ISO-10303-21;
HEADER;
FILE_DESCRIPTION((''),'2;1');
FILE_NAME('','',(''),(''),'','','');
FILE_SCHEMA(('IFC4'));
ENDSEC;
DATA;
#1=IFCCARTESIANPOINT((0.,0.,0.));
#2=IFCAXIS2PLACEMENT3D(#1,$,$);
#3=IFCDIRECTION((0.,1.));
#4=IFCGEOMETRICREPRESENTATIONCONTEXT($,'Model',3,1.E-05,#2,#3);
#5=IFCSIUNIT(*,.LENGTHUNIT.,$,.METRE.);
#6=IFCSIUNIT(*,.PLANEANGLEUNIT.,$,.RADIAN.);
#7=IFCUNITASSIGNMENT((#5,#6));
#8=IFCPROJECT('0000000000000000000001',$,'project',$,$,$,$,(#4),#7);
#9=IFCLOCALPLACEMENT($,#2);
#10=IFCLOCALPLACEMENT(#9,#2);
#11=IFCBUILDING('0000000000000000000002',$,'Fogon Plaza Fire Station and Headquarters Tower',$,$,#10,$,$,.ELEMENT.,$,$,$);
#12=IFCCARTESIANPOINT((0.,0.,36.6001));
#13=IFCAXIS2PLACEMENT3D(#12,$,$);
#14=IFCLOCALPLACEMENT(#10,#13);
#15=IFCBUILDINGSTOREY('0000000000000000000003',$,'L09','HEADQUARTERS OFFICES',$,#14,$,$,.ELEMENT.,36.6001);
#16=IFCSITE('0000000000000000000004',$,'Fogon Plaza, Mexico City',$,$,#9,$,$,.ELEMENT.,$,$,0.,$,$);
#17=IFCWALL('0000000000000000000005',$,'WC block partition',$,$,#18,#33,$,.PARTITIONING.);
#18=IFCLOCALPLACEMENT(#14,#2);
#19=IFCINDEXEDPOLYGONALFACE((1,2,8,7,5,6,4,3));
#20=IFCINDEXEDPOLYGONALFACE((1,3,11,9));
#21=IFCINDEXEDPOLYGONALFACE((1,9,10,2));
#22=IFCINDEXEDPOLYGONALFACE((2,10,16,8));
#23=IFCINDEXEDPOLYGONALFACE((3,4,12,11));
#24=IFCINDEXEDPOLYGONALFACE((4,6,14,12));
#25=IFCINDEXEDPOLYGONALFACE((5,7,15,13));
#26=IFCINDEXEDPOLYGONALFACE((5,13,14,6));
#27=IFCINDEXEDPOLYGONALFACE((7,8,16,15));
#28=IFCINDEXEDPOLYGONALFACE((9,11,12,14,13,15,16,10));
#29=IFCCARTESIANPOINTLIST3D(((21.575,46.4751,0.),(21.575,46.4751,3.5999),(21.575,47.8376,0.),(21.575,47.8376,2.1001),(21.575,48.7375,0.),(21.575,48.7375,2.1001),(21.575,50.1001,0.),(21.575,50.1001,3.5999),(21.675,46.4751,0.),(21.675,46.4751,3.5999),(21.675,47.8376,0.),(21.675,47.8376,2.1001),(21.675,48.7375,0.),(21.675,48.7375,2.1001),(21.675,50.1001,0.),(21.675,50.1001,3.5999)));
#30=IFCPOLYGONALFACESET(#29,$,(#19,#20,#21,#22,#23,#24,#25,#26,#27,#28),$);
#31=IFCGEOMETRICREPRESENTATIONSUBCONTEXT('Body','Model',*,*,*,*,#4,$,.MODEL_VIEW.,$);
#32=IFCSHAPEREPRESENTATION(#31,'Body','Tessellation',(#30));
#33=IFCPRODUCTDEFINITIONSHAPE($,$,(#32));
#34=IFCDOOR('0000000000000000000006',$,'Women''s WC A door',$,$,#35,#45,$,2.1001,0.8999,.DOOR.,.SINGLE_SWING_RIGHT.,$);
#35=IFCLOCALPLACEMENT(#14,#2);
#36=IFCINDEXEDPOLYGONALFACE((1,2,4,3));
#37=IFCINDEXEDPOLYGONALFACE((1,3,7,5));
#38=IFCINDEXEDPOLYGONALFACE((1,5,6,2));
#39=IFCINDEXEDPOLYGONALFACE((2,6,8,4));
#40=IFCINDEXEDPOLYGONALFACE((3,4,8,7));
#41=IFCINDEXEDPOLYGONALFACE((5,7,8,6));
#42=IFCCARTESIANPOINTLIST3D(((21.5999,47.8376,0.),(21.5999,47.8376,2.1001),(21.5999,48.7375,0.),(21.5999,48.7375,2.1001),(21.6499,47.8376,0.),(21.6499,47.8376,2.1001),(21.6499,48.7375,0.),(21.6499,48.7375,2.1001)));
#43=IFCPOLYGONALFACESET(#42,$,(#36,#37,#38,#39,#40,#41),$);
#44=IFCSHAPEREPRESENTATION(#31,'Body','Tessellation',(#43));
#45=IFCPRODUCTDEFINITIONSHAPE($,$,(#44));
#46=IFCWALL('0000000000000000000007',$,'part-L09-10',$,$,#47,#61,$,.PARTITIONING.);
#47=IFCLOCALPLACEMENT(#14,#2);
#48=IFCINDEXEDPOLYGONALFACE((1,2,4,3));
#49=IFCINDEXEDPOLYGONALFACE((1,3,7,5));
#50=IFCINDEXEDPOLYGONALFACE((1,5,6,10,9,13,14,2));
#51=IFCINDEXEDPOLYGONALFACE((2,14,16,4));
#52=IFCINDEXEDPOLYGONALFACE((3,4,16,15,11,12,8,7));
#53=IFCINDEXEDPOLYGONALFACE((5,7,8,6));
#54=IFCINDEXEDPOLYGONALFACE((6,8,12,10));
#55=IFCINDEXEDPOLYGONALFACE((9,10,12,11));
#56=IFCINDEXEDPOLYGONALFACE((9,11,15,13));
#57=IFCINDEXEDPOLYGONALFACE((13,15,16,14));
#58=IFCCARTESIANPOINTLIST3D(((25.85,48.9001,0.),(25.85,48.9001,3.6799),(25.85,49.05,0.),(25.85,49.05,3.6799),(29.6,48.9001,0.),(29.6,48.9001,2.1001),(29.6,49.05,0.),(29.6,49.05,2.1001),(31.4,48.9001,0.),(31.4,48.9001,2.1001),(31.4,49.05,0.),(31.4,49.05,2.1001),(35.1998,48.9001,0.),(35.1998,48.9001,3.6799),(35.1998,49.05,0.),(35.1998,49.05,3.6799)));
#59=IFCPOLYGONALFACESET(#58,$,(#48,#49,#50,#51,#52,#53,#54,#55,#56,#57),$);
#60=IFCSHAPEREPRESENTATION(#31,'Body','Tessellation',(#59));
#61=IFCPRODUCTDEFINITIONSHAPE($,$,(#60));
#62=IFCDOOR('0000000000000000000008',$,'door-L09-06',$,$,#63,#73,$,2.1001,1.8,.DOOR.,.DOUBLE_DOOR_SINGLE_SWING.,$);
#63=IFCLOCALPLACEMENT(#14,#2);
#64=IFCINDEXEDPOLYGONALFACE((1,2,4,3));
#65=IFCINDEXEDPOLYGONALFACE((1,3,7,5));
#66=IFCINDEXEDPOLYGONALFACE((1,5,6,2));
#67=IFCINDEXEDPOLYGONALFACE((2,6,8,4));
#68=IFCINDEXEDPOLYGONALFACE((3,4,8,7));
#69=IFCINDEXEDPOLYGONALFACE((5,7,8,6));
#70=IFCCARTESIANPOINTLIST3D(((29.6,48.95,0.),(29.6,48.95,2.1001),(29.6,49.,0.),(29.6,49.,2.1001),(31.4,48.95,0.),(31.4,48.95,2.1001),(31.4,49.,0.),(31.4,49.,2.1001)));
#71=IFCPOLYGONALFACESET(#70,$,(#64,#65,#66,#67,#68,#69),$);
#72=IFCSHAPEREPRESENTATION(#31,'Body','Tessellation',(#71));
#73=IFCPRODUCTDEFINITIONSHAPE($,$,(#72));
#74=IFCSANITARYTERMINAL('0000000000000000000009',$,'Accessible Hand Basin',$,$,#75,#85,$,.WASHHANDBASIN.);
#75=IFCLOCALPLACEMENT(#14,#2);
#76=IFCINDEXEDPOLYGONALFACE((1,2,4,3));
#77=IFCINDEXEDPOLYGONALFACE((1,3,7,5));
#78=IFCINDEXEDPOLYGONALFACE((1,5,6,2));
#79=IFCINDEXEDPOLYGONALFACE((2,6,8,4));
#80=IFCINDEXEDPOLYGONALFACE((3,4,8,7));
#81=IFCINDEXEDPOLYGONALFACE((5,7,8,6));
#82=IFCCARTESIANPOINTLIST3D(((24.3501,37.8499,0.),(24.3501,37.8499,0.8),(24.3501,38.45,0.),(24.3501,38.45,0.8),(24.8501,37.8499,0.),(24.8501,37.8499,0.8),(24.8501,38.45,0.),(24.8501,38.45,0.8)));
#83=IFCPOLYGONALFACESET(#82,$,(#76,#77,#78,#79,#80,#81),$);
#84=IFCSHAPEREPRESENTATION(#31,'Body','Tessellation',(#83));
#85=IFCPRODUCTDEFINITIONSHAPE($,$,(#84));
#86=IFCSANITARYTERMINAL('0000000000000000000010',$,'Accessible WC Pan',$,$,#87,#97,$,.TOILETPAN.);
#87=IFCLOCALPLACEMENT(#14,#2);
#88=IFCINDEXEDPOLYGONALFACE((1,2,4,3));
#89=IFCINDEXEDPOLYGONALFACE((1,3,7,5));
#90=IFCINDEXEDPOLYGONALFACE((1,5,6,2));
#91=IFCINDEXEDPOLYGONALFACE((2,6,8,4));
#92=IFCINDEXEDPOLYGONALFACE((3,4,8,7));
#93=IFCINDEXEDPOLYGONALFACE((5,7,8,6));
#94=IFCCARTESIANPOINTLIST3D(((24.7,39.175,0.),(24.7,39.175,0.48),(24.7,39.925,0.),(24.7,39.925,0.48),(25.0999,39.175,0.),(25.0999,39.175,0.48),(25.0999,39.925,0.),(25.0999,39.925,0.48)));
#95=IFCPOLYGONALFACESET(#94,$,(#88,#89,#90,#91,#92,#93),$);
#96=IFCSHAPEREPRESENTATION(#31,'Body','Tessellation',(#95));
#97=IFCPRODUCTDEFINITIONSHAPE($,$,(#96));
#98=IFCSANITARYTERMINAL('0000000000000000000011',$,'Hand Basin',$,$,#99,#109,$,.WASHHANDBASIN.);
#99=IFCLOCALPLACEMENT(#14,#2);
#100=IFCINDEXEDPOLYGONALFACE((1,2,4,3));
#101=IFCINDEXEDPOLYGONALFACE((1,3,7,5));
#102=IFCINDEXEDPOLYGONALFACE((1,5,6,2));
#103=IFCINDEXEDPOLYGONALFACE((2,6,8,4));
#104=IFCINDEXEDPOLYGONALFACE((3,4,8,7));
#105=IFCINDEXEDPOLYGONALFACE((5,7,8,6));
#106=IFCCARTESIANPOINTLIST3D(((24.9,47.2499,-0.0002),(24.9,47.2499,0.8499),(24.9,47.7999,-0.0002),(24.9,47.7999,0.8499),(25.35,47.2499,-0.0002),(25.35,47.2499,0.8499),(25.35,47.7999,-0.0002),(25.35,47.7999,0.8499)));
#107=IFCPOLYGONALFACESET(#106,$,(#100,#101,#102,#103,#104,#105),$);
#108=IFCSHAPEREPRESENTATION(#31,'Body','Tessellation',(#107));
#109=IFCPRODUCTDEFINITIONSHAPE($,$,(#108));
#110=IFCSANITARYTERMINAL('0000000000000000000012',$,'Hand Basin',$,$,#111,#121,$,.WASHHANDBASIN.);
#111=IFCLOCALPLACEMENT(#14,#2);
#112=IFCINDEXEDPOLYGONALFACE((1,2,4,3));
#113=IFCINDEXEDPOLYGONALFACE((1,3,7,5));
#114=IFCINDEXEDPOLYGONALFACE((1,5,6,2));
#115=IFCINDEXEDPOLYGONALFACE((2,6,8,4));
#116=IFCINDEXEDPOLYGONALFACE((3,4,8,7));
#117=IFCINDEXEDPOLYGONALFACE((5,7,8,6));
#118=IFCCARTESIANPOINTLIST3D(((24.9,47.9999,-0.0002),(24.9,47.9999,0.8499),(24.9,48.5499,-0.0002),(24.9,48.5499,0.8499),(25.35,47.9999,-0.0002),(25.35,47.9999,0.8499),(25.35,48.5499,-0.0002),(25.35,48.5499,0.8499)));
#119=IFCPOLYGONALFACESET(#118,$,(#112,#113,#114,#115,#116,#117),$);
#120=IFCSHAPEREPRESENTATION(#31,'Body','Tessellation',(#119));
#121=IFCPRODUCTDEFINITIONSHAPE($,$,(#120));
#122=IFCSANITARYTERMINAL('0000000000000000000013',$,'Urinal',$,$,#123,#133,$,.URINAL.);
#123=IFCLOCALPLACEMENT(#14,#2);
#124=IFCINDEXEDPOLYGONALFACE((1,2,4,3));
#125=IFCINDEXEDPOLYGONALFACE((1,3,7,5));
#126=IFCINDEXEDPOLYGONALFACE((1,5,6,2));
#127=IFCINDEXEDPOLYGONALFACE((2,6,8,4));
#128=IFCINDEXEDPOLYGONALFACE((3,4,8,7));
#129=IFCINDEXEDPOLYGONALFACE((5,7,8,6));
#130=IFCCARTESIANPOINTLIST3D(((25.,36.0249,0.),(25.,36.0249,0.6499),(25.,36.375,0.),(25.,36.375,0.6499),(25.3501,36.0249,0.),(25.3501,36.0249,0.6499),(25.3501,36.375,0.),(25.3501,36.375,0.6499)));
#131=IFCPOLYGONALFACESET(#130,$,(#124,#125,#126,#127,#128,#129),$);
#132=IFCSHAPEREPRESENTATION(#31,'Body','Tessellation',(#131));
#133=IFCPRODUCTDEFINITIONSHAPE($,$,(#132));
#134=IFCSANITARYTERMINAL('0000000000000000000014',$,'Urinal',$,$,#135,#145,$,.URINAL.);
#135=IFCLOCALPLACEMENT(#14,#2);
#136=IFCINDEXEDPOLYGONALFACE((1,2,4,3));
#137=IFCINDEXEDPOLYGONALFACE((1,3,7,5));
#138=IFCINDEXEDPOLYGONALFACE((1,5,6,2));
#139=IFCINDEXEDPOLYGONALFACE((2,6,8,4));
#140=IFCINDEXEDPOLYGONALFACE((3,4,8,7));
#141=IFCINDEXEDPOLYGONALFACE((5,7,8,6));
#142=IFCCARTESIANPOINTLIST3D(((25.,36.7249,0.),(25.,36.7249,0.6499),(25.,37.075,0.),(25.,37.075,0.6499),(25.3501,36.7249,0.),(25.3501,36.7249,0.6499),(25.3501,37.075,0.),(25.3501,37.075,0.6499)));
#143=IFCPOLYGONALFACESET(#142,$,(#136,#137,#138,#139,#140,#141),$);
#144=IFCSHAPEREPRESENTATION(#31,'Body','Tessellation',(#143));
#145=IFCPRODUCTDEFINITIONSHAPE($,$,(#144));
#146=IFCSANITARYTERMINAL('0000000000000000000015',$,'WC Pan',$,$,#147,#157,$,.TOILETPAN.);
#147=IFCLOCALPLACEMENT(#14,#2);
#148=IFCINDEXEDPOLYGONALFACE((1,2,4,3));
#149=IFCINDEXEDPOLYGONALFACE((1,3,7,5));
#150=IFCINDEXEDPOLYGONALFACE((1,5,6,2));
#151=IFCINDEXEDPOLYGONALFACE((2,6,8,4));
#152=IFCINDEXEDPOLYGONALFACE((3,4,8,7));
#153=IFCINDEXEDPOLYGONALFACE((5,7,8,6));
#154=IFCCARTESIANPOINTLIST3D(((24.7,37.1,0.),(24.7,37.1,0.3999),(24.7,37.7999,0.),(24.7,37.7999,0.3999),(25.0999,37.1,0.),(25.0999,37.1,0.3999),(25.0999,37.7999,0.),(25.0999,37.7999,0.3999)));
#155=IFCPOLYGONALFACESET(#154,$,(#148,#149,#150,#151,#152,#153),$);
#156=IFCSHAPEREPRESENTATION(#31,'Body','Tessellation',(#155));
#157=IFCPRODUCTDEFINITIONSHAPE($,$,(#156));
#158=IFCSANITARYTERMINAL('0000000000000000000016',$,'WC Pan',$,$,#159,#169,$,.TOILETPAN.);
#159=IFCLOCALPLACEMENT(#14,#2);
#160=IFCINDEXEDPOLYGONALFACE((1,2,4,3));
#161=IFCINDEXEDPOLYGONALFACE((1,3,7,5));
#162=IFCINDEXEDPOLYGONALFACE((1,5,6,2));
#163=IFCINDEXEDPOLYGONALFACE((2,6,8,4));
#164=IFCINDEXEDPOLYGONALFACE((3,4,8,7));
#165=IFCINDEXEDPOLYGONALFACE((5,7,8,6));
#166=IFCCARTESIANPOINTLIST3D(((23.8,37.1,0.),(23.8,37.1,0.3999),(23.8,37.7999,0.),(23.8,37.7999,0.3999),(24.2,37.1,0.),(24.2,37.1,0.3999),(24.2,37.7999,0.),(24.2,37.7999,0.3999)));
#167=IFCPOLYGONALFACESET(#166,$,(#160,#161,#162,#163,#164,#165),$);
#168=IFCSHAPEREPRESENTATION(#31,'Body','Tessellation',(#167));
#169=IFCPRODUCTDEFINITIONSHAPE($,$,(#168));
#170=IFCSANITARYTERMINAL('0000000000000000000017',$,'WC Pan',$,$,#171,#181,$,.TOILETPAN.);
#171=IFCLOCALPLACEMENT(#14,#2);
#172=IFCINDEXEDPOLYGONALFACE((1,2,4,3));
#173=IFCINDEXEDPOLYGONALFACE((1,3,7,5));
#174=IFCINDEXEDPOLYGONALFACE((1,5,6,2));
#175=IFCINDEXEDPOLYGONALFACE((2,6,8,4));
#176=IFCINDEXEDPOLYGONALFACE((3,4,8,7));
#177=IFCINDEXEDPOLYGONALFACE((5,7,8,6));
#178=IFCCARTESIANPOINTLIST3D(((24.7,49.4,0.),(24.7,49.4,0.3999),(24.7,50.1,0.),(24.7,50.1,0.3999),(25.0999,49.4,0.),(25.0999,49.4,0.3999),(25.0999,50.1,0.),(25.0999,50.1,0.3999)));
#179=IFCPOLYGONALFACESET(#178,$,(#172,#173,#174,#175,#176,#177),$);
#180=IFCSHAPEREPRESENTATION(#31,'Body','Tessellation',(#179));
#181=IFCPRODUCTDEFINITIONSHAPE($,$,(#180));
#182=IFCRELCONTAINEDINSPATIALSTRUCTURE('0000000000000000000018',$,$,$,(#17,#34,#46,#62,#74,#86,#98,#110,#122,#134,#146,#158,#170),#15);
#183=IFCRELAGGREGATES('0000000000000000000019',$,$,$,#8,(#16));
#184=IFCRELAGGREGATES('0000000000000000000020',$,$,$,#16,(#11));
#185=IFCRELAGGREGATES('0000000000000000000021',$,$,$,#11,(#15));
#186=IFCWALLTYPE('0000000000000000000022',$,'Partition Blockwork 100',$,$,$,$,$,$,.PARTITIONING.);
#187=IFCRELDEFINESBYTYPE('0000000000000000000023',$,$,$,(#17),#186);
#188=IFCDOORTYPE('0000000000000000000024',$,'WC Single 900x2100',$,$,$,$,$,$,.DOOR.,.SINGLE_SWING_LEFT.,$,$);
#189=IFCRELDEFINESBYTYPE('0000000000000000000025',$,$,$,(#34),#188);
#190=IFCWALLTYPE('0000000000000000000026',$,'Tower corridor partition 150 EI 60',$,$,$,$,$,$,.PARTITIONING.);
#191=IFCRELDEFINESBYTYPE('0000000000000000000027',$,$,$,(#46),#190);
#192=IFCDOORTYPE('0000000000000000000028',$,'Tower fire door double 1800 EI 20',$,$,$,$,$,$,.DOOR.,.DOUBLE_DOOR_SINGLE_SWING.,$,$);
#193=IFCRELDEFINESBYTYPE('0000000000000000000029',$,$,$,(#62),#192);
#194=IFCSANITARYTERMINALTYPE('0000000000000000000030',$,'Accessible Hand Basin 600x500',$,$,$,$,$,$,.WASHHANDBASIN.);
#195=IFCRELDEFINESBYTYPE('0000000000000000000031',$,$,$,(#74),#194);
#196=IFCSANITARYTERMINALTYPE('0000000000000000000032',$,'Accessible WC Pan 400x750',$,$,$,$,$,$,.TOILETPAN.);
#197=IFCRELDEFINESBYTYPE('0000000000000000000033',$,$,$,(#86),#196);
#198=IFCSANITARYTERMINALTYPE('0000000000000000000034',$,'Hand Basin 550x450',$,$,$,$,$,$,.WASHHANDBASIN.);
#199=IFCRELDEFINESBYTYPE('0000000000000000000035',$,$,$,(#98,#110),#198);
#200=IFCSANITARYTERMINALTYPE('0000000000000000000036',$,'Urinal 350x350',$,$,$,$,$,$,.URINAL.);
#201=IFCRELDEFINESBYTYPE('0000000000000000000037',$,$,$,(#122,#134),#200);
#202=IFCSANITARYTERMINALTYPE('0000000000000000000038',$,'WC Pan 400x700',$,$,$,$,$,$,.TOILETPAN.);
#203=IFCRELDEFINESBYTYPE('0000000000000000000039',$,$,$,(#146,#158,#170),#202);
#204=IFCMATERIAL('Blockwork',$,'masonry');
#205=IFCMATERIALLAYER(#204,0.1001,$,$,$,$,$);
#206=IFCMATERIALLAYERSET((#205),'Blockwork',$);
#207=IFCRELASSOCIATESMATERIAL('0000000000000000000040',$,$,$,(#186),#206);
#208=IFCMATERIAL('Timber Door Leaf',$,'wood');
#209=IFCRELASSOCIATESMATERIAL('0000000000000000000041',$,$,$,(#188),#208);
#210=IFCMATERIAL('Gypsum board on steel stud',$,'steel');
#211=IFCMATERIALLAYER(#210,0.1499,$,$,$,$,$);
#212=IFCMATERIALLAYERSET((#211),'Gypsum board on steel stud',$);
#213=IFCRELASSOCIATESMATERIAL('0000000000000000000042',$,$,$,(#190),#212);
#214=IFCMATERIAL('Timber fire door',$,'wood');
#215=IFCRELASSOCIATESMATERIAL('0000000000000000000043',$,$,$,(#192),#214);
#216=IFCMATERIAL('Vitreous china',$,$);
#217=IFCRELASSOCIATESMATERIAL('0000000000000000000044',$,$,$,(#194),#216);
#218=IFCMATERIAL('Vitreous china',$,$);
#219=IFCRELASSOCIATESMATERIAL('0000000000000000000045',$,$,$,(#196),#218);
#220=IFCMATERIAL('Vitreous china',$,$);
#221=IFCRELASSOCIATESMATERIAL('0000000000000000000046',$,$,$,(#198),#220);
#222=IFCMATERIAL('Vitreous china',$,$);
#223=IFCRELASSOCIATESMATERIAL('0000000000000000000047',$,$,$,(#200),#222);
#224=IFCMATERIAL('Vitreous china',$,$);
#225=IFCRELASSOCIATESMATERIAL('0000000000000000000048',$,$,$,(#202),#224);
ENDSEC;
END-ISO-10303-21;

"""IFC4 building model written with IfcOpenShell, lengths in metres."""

from ifc_helpers import new_model, si_unit, direction, frame, frame_2d, origin, origin_2d, place, context, subcontext, project, spatial, rectangle, extrude, material, layer, layer_set, type_object, element, fill, save


model = new_model("IFC4")

# Units and contexts
model_context = context("Model", 3, precision=1e-05, world=origin(), true_north=direction((0.0, 1.0)))
body_context = subcontext(model_context, "Body", "Model", "MODEL_VIEW")
ifc_project = project(units=[si_unit("LENGTHUNIT", "METRE"), si_unit("PLANEANGLEUNIT", "RADIAN")], contexts=[model_context])

# Site, building, storey
site_placement = place(None, origin())
site = spatial("IfcSite", under=ifc_project, at=site_placement, Name="Fogon Plaza, Mexico City", CompositionType="ELEMENT", RefElevation=0.0)
building_placement = place(site_placement, origin())
building = spatial("IfcBuilding", under=site, at=building_placement, Name="Fogon Plaza Fire Station and Headquarters Tower", CompositionType="ELEMENT")
storey_placement = place(building_placement, frame((0.0, 0.0, 36.6001)))
storey = spatial("IfcBuildingStorey", under=building, at=storey_placement, Name="L09", Description="HEADQUARTERS OFFICES", CompositionType="ELEMENT", Elevation=36.6001)

# Shared definitions
ifc_material_1 = material(Name="Blockwork", Category="masonry")
ifc_layer_1 = layer(ifc_material_1, 0.1001)
ifc_layer_set_1 = layer_set([ifc_layer_1], Name="Blockwork")
wall_type_1 = type_object("IfcWallType", Name="Partition Blockwork 100", PredefinedType="PARTITIONING", material=ifc_layer_set_1)

# Walls, openings, doors
wall_1_placement = place(storey_placement, frame((21.625, 46.4751, 0.0), z_axis=(0.0, 0.0, 1.0), x_axis=(0.0, 1.0, 0.0)))
wall_1 = element("IfcWall", 1, at=wall_1_placement, inside=storey, type_object=wall_type_1, Name="WC block partition", PredefinedType="PARTITIONING", context=body_context, shape_type="SweptSolid", body=[
    extrude(rectangle(XDim=3.625, YDim=0.1001, at=frame_2d((1.8125, 0.0))), origin(), (0.0, 0.0, 1.0), 3.5999),
])
opening_1_placement = place(wall_1_placement, frame((1.3625, 0.0, 0.0)))
opening_1 = element("IfcOpeningElement", 2, at=opening_1_placement, cuts=wall_1, PredefinedType="OPENING", context=body_context, shape_type="SweptSolid", body=[
    extrude(rectangle(XDim=0.8999, YDim=2.1001, at=frame_2d((0.45, 1.05))), frame((0.0, 0.0601, 0.0), z_axis=(0.0, -1.0, 0.0), x_axis=(1.0, 0.0, 0.0)), (0.0, 0.0, 1.0), 0.1201),
])
ifc_material_2 = material(Name="Timber Door Leaf", Category="wood")
door_type_1 = type_object("IfcDoorType", Name="WC Single 900x2100", OperationType="SINGLE_SWING_LEFT", PredefinedType="DOOR", material=ifc_material_2)
door_1_placement = place(opening_1_placement, frame((0.8999, 0.0, 0.0), z_axis=(0.0, 0.0, 1.0), x_axis=(-1.0, 0.0, 0.0)))
door_1 = element("IfcDoor", 3, at=door_1_placement, inside=storey, type_object=door_type_1, Name="Women's WC A door", OperationType="SINGLE_SWING_RIGHT", OverallHeight=2.1001, OverallWidth=0.8999, PredefinedType="DOOR", context=body_context, shape_type="SweptSolid", body=[
    extrude(rectangle(XDim=0.8999, YDim=2.1001, at=frame_2d((0.45, 1.05))), frame((0.0, 0.0249, 0.0), z_axis=(0.0, -1.0, 0.0), x_axis=(1.0, 0.0, 0.0)), (0.0, 0.0, 1.0), 0.05),
])
fill(opening_1, door_1)
ifc_material_3 = material(Name="Gypsum board on steel stud", Category="steel")
ifc_layer_2 = layer(ifc_material_3, 0.1499)
ifc_layer_set_2 = layer_set([ifc_layer_2], Name="Gypsum board on steel stud")
wall_type_2 = type_object("IfcWallType", Name="Tower corridor partition 150 EI 60", PredefinedType="PARTITIONING", material=ifc_layer_set_2)
wall_2_placement = place(storey_placement, frame((25.8501, 48.9751, 0.0), z_axis=(0.0, 0.0, 1.0), x_axis=(1.0, 0.0, 0.0)))
wall_2 = element("IfcWall", 4, at=wall_2_placement, inside=storey, type_object=wall_type_2, Name="part-L09-10", PredefinedType="PARTITIONING", context=body_context, shape_type="SweptSolid", body=[
    extrude(rectangle(XDim=9.3499, YDim=0.1499, at=frame_2d((4.6748, 0.0))), origin(), (0.0, 0.0, 1.0), 3.6799),
])
opening_2_placement = place(wall_2_placement, frame((3.75, 0.0, 0.0)))
opening_2 = element("IfcOpeningElement", 5, at=opening_2_placement, cuts=wall_2, PredefinedType="OPENING", context=body_context, shape_type="SweptSolid", body=[
    extrude(rectangle(XDim=1.8, YDim=2.1001, at=frame_2d((0.8999, 1.05))), frame((0.0, 0.085, 0.0), z_axis=(0.0, -1.0, 0.0), x_axis=(1.0, 0.0, 0.0)), (0.0, 0.0, 1.0), 0.1699),
])
ifc_material_4 = material(Name="Timber fire door", Category="wood")
door_type_2 = type_object("IfcDoorType", Name="Tower fire door double 1800 EI 20", OperationType="DOUBLE_DOOR_SINGLE_SWING", PredefinedType="DOOR", material=ifc_material_4)
door_2_placement = place(opening_2_placement, origin())
door_2 = element("IfcDoor", 6, at=door_2_placement, inside=storey, type_object=door_type_2, Name="door-L09-06", OperationType="DOUBLE_DOOR_SINGLE_SWING", OverallHeight=2.1001, OverallWidth=1.8, PredefinedType="DOOR", context=body_context, shape_type="SweptSolid", body=[
    extrude(rectangle(XDim=1.8, YDim=2.1001, at=frame_2d((0.8999, 1.05))), frame((0.0, 0.0249, 0.0), z_axis=(0.0, -1.0, 0.0), x_axis=(1.0, 0.0, 0.0)), (0.0, 0.0, 1.0), 0.05),
])
fill(opening_2, door_2)

# Sanitary terminals
ifc_material_5 = material(Name="Vitreous china")
sanitary_terminal_type_1 = type_object("IfcSanitaryTerminalType", Name="Accessible Hand Basin 600x500", PredefinedType="WASHHANDBASIN", material=ifc_material_5)
sanitary_terminal_1_placement = place(storey_placement, frame((24.6001, 38.1499, 0.0), z_axis=(0.0, 0.0, 1.0), x_axis=(1.0, 0.0, 0.0)))
element("IfcSanitaryTerminal", 7, at=sanitary_terminal_1_placement, inside=storey, type_object=sanitary_terminal_type_1, Name="Accessible Hand Basin", PredefinedType="WASHHANDBASIN", context=body_context, shape_type="SweptSolid", body=[
    extrude(rectangle(XDim=0.5, YDim=0.6001, at=origin_2d()), origin(), (0.0, 0.0, 1.0), 0.8),
])
ifc_material_6 = material(Name="Vitreous china")
sanitary_terminal_type_2 = type_object("IfcSanitaryTerminalType", Name="Accessible WC Pan 400x750", PredefinedType="TOILETPAN", material=ifc_material_6)
sanitary_terminal_2_placement = place(storey_placement, frame((24.8999, 39.55, 0.0), z_axis=(0.0, 0.0, 1.0), x_axis=(1.0, 0.0, 0.0)))
element("IfcSanitaryTerminal", 8, at=sanitary_terminal_2_placement, inside=storey, type_object=sanitary_terminal_type_2, Name="Accessible WC Pan", PredefinedType="TOILETPAN", context=body_context, shape_type="SweptSolid", body=[
    extrude(rectangle(XDim=0.3999, YDim=0.75, at=origin_2d()), origin(), (0.0, 0.0, 1.0), 0.48),
])
ifc_material_7 = material(Name="Vitreous china")
sanitary_terminal_type_3 = type_object("IfcSanitaryTerminalType", Name="Hand Basin 550x450", PredefinedType="WASHHANDBASIN", material=ifc_material_7)
for number, where, z_axis, x_axis, name in (
    (9, (25.125, 47.5249, -0.0002), (0.0, 0.0, 1.0), (1.0, 0.0, 0.0), "Hand Basin"),
    (10, (25.125, 48.2749, -0.0002), (0.0, 0.0, 1.0), (1.0, 0.0, 0.0), "Hand Basin"),
):
    element("IfcSanitaryTerminal", number, at=place(storey_placement, frame(where, z_axis=z_axis, x_axis=x_axis)), inside=storey, type_object=sanitary_terminal_type_3, Name=name, PredefinedType="WASHHANDBASIN", context=body_context, shape_type="SweptSolid", body=[
        extrude(rectangle(XDim=0.45, YDim=0.55, at=origin_2d()), origin(), (0.0, 0.0, 1.0), 0.8501),
    ])
ifc_material_8 = material(Name="Vitreous china")
sanitary_terminal_type_4 = type_object("IfcSanitaryTerminalType", Name="Urinal 350x350", PredefinedType="URINAL", material=ifc_material_8)
for number, where, z_axis, x_axis, name in (
    (11, (25.175, 36.2, 0.0), (0.0, 0.0, 1.0), (1.0, 0.0, 0.0), "Urinal"),
    (12, (25.175, 36.8999, 0.0), (0.0, 0.0, 1.0), (1.0, 0.0, 0.0), "Urinal"),
):
    element("IfcSanitaryTerminal", number, at=place(storey_placement, frame(where, z_axis=z_axis, x_axis=x_axis)), inside=storey, type_object=sanitary_terminal_type_4, Name=name, PredefinedType="URINAL", context=body_context, shape_type="SweptSolid", body=[
        extrude(rectangle(XDim=0.3501, YDim=0.3501, at=origin_2d()), origin(), (0.0, 0.0, 1.0), 0.6499),
    ])
ifc_material_9 = material(Name="Vitreous china")
sanitary_terminal_type_5 = type_object("IfcSanitaryTerminalType", Name="WC Pan 400x700", PredefinedType="TOILETPAN", material=ifc_material_9)
for number, where, z_axis, x_axis, name in (
    (13, (24.8999, 37.45, 0.0), (0.0, 0.0, 1.0), (1.0, 0.0, 0.0), "WC Pan"),
    (14, (24.0, 37.45, 0.0), (0.0, 0.0, 1.0), (1.0, 0.0, 0.0), "WC Pan"),
    (15, (24.8999, 49.75, 0.0), (0.0, 0.0, 1.0), (1.0, 0.0, 0.0), "WC Pan"),
):
    element("IfcSanitaryTerminal", number, at=place(storey_placement, frame(where, z_axis=z_axis, x_axis=x_axis)), inside=storey, type_object=sanitary_terminal_type_5, Name=name, PredefinedType="TOILETPAN", context=body_context, shape_type="SweptSolid", body=[
        extrude(rectangle(XDim=0.3999, YDim=0.7, at=origin_2d()), origin(), (0.0, 0.0, 1.0), 0.3999),
    ])

save(model, "model.ifc")
